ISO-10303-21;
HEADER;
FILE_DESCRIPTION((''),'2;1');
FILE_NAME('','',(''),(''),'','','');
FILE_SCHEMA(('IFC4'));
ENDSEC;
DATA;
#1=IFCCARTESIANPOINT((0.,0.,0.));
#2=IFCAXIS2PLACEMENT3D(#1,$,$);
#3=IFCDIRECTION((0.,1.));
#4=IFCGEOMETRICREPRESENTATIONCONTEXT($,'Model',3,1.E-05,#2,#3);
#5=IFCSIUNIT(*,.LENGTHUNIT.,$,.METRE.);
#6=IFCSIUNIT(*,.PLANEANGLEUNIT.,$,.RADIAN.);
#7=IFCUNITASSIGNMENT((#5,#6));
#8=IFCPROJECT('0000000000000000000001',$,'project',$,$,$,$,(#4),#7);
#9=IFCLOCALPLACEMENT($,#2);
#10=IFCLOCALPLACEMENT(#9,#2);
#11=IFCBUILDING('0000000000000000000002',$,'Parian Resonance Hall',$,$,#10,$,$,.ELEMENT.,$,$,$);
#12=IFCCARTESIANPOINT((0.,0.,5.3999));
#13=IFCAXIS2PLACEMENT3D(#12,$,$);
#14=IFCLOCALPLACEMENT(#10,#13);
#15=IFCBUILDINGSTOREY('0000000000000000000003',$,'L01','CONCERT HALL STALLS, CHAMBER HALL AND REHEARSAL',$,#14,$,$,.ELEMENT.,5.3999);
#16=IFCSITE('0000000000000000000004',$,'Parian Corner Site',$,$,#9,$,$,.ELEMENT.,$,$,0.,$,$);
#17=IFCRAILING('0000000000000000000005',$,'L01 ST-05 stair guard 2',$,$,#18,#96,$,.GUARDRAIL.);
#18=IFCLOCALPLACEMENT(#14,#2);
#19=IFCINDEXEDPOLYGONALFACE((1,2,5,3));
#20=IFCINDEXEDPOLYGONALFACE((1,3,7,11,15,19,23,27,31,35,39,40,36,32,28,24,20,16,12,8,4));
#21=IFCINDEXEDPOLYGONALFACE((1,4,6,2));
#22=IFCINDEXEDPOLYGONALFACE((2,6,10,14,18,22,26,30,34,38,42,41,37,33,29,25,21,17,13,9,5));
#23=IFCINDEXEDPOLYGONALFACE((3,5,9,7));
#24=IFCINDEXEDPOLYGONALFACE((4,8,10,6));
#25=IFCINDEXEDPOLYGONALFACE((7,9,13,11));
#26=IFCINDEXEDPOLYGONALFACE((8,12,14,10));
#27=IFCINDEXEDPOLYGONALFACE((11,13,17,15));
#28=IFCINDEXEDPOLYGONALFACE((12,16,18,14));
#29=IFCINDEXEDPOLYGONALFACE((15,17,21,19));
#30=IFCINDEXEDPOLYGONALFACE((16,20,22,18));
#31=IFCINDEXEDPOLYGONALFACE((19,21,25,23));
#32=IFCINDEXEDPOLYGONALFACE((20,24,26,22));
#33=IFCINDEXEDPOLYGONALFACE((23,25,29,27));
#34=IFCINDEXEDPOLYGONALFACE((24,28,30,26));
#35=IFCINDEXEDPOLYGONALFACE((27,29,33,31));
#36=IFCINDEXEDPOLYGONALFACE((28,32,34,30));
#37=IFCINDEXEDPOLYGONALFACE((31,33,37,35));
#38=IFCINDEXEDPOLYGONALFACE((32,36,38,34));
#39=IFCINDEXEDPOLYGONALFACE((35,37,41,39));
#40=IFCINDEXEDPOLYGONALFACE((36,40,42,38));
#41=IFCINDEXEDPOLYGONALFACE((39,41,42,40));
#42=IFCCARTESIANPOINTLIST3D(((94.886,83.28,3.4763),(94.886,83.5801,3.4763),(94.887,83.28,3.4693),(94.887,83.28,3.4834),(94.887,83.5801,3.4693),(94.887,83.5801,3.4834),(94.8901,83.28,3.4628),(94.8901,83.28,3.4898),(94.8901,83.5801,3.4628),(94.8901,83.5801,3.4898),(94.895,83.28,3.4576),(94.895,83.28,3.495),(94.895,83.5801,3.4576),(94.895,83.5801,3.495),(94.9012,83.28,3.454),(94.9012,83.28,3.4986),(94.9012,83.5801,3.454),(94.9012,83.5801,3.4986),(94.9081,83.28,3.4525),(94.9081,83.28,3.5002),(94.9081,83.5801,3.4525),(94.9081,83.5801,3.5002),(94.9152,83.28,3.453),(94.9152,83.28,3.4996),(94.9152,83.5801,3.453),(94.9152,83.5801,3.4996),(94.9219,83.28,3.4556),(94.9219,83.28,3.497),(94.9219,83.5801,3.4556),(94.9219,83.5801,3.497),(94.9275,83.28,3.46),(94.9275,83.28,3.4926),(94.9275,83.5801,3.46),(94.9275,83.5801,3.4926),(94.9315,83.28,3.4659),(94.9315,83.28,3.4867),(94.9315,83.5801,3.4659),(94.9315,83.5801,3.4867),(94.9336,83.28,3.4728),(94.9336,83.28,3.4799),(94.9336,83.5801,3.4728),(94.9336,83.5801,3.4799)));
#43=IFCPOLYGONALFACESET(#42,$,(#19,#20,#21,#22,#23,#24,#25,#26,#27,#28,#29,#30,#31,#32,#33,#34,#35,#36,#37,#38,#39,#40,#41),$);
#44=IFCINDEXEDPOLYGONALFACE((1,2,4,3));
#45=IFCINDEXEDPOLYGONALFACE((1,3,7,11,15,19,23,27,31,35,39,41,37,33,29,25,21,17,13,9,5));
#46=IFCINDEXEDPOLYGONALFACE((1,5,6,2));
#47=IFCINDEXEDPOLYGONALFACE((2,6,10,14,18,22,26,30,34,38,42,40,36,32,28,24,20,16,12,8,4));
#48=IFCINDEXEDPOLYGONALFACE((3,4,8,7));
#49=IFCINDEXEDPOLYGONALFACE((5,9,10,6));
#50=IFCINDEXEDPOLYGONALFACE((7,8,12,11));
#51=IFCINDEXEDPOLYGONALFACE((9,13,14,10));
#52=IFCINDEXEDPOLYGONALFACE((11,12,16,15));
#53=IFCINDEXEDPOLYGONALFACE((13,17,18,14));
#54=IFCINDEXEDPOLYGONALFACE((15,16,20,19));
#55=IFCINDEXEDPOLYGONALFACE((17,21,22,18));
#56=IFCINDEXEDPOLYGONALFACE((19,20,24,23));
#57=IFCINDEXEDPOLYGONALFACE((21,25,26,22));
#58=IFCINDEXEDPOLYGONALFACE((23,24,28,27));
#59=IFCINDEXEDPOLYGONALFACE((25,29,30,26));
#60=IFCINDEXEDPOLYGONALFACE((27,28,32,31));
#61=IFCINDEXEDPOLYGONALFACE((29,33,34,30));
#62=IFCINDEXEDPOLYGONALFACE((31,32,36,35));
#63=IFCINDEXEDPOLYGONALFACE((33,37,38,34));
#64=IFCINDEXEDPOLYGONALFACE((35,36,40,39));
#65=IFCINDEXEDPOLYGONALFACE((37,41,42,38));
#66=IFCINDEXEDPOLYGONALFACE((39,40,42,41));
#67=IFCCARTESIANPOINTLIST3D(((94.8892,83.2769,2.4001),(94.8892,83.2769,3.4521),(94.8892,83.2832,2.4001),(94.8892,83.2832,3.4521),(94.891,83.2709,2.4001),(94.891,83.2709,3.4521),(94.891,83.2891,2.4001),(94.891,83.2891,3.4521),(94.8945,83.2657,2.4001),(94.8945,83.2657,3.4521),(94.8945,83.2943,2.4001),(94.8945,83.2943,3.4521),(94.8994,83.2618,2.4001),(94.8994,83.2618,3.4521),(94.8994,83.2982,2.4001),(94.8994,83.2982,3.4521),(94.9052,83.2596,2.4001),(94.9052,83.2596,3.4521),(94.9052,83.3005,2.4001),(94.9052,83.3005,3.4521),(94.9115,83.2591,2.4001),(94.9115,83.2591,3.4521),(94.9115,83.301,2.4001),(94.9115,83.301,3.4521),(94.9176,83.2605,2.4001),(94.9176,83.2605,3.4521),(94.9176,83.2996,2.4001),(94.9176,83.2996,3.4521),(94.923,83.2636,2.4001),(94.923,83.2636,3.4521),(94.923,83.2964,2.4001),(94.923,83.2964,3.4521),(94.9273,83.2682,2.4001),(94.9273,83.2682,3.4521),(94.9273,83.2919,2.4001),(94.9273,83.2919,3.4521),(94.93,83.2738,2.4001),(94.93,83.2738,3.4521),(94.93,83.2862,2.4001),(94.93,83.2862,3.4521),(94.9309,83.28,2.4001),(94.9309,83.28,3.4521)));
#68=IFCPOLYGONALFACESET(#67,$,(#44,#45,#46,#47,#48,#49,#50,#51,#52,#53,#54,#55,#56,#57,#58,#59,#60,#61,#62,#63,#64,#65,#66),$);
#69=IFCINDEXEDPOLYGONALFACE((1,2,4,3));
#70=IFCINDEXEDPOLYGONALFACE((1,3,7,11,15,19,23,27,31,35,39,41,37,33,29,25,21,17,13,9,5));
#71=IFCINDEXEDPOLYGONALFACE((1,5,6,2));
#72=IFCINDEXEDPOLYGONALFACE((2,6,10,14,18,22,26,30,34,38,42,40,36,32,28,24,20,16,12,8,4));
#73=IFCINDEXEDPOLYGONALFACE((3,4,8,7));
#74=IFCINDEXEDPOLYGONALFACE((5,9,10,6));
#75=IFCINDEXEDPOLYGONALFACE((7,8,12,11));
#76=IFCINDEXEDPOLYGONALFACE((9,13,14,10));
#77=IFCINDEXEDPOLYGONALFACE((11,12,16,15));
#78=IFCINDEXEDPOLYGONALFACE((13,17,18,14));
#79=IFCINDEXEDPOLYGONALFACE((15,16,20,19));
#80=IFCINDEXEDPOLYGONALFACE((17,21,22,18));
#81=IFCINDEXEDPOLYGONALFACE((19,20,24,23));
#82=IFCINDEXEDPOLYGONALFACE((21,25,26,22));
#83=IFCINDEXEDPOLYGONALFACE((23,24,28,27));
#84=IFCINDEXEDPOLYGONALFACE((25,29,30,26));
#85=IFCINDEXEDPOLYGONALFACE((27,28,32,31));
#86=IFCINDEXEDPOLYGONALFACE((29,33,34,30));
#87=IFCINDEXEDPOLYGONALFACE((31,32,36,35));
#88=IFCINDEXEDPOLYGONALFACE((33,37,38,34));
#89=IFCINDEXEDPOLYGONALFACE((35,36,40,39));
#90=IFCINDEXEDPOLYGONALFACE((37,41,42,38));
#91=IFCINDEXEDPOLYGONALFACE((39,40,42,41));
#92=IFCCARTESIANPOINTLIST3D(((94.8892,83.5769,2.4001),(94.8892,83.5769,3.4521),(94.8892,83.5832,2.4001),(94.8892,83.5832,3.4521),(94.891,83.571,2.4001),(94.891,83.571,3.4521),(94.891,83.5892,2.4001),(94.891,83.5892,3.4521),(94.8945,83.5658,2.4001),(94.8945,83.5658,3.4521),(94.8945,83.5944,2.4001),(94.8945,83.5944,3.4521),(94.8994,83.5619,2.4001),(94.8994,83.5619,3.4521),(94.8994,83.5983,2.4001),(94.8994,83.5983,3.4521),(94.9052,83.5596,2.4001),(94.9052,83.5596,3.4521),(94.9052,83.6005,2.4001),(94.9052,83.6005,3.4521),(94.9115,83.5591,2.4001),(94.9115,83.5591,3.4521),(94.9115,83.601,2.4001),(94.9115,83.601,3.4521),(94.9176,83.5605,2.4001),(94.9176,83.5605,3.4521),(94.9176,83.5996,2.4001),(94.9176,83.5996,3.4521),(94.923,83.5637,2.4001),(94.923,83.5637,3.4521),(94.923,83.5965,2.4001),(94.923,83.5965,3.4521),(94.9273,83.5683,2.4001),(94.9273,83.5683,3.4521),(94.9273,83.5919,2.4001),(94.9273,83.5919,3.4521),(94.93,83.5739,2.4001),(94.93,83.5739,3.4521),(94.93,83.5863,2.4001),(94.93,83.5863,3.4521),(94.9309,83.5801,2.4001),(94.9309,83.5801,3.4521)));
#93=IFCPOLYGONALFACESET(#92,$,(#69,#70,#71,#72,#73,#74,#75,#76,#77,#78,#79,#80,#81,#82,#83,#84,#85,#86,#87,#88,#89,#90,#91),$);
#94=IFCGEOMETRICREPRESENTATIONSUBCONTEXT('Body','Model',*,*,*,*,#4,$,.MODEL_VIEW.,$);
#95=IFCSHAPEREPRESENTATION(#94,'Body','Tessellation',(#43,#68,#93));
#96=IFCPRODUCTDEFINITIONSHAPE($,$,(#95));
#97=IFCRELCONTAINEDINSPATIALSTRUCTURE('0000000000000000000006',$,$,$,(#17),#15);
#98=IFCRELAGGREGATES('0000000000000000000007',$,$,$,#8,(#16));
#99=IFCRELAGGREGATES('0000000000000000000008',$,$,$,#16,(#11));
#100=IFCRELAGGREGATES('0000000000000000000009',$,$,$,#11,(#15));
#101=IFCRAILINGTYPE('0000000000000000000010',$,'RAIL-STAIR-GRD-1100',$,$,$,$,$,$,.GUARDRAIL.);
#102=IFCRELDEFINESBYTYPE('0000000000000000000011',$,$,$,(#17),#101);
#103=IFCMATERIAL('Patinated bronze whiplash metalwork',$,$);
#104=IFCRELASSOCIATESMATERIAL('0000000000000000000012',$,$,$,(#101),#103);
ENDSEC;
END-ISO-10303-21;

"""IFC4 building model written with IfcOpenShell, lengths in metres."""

from ifc_helpers import new_model, si_unit, direction, frame, origin, origin_2d, place, context, subcontext, project, spatial, circle, extrude, material, type_object, element, save


model = new_model("IFC4")

# Units and contexts
model_context = context("Model", 3, precision=1e-05, world=origin(), true_north=direction((0.0, 1.0)))
body_context = subcontext(model_context, "Body", "Model", "MODEL_VIEW")
ifc_project = project(units=[si_unit("LENGTHUNIT", "METRE"), si_unit("PLANEANGLEUNIT", "RADIAN")], contexts=[model_context])

# Site, building, storey
site_placement = place(None, origin())
site = spatial("IfcSite", under=ifc_project, at=site_placement, Name="Parian Corner Site", CompositionType="ELEMENT", RefElevation=0.0)
building_placement = place(site_placement, origin())
building = spatial("IfcBuilding", under=site, at=building_placement, Name="Parian Resonance Hall", CompositionType="ELEMENT")
storey_placement = place(building_placement, frame((0.0, 0.0, 5.3999)))
storey = spatial("IfcBuildingStorey", under=building, at=storey_placement, Name="L01", Description="CONCERT HALL STALLS, CHAMBER HALL AND REHEARSAL", CompositionType="ELEMENT", Elevation=5.3999)

# Railing
ifc_material_1 = material(Name="Patinated bronze whiplash metalwork")
railing_type_1 = type_object("IfcRailingType", Name="RAIL-STAIR-GRD-1100", PredefinedType="GUARDRAIL", material=ifc_material_1)
railing_1_placement = place(storey_placement, frame((94.9099, 83.28, 2.4001)))
element("IfcRailing", 1, at=railing_1_placement, inside=storey, type_object=railing_type_1, Name="L01 ST-05 stair guard 2", PredefinedType="GUARDRAIL", context=body_context, shape_type="SweptSolid", body=[
    extrude(circle(Radius=0.0239, at=origin_2d()), frame((0.0, 0.0, 1.0762), z_axis=(0.0, 1.0, 0.0), x_axis=(-1.0, 0.0, 0.0)), (0.0, 0.0, 1.0), 0.3),
    extrude(circle(Radius=0.021, at=origin_2d()), origin(), (0.0, 0.0, 1.0), 1.052),
    extrude(circle(Radius=0.021, at=origin_2d()), frame((0.0, 0.3, 0.0)), (0.0, 0.0, 1.0), 1.052),
])

save(model, "model.ifc")
